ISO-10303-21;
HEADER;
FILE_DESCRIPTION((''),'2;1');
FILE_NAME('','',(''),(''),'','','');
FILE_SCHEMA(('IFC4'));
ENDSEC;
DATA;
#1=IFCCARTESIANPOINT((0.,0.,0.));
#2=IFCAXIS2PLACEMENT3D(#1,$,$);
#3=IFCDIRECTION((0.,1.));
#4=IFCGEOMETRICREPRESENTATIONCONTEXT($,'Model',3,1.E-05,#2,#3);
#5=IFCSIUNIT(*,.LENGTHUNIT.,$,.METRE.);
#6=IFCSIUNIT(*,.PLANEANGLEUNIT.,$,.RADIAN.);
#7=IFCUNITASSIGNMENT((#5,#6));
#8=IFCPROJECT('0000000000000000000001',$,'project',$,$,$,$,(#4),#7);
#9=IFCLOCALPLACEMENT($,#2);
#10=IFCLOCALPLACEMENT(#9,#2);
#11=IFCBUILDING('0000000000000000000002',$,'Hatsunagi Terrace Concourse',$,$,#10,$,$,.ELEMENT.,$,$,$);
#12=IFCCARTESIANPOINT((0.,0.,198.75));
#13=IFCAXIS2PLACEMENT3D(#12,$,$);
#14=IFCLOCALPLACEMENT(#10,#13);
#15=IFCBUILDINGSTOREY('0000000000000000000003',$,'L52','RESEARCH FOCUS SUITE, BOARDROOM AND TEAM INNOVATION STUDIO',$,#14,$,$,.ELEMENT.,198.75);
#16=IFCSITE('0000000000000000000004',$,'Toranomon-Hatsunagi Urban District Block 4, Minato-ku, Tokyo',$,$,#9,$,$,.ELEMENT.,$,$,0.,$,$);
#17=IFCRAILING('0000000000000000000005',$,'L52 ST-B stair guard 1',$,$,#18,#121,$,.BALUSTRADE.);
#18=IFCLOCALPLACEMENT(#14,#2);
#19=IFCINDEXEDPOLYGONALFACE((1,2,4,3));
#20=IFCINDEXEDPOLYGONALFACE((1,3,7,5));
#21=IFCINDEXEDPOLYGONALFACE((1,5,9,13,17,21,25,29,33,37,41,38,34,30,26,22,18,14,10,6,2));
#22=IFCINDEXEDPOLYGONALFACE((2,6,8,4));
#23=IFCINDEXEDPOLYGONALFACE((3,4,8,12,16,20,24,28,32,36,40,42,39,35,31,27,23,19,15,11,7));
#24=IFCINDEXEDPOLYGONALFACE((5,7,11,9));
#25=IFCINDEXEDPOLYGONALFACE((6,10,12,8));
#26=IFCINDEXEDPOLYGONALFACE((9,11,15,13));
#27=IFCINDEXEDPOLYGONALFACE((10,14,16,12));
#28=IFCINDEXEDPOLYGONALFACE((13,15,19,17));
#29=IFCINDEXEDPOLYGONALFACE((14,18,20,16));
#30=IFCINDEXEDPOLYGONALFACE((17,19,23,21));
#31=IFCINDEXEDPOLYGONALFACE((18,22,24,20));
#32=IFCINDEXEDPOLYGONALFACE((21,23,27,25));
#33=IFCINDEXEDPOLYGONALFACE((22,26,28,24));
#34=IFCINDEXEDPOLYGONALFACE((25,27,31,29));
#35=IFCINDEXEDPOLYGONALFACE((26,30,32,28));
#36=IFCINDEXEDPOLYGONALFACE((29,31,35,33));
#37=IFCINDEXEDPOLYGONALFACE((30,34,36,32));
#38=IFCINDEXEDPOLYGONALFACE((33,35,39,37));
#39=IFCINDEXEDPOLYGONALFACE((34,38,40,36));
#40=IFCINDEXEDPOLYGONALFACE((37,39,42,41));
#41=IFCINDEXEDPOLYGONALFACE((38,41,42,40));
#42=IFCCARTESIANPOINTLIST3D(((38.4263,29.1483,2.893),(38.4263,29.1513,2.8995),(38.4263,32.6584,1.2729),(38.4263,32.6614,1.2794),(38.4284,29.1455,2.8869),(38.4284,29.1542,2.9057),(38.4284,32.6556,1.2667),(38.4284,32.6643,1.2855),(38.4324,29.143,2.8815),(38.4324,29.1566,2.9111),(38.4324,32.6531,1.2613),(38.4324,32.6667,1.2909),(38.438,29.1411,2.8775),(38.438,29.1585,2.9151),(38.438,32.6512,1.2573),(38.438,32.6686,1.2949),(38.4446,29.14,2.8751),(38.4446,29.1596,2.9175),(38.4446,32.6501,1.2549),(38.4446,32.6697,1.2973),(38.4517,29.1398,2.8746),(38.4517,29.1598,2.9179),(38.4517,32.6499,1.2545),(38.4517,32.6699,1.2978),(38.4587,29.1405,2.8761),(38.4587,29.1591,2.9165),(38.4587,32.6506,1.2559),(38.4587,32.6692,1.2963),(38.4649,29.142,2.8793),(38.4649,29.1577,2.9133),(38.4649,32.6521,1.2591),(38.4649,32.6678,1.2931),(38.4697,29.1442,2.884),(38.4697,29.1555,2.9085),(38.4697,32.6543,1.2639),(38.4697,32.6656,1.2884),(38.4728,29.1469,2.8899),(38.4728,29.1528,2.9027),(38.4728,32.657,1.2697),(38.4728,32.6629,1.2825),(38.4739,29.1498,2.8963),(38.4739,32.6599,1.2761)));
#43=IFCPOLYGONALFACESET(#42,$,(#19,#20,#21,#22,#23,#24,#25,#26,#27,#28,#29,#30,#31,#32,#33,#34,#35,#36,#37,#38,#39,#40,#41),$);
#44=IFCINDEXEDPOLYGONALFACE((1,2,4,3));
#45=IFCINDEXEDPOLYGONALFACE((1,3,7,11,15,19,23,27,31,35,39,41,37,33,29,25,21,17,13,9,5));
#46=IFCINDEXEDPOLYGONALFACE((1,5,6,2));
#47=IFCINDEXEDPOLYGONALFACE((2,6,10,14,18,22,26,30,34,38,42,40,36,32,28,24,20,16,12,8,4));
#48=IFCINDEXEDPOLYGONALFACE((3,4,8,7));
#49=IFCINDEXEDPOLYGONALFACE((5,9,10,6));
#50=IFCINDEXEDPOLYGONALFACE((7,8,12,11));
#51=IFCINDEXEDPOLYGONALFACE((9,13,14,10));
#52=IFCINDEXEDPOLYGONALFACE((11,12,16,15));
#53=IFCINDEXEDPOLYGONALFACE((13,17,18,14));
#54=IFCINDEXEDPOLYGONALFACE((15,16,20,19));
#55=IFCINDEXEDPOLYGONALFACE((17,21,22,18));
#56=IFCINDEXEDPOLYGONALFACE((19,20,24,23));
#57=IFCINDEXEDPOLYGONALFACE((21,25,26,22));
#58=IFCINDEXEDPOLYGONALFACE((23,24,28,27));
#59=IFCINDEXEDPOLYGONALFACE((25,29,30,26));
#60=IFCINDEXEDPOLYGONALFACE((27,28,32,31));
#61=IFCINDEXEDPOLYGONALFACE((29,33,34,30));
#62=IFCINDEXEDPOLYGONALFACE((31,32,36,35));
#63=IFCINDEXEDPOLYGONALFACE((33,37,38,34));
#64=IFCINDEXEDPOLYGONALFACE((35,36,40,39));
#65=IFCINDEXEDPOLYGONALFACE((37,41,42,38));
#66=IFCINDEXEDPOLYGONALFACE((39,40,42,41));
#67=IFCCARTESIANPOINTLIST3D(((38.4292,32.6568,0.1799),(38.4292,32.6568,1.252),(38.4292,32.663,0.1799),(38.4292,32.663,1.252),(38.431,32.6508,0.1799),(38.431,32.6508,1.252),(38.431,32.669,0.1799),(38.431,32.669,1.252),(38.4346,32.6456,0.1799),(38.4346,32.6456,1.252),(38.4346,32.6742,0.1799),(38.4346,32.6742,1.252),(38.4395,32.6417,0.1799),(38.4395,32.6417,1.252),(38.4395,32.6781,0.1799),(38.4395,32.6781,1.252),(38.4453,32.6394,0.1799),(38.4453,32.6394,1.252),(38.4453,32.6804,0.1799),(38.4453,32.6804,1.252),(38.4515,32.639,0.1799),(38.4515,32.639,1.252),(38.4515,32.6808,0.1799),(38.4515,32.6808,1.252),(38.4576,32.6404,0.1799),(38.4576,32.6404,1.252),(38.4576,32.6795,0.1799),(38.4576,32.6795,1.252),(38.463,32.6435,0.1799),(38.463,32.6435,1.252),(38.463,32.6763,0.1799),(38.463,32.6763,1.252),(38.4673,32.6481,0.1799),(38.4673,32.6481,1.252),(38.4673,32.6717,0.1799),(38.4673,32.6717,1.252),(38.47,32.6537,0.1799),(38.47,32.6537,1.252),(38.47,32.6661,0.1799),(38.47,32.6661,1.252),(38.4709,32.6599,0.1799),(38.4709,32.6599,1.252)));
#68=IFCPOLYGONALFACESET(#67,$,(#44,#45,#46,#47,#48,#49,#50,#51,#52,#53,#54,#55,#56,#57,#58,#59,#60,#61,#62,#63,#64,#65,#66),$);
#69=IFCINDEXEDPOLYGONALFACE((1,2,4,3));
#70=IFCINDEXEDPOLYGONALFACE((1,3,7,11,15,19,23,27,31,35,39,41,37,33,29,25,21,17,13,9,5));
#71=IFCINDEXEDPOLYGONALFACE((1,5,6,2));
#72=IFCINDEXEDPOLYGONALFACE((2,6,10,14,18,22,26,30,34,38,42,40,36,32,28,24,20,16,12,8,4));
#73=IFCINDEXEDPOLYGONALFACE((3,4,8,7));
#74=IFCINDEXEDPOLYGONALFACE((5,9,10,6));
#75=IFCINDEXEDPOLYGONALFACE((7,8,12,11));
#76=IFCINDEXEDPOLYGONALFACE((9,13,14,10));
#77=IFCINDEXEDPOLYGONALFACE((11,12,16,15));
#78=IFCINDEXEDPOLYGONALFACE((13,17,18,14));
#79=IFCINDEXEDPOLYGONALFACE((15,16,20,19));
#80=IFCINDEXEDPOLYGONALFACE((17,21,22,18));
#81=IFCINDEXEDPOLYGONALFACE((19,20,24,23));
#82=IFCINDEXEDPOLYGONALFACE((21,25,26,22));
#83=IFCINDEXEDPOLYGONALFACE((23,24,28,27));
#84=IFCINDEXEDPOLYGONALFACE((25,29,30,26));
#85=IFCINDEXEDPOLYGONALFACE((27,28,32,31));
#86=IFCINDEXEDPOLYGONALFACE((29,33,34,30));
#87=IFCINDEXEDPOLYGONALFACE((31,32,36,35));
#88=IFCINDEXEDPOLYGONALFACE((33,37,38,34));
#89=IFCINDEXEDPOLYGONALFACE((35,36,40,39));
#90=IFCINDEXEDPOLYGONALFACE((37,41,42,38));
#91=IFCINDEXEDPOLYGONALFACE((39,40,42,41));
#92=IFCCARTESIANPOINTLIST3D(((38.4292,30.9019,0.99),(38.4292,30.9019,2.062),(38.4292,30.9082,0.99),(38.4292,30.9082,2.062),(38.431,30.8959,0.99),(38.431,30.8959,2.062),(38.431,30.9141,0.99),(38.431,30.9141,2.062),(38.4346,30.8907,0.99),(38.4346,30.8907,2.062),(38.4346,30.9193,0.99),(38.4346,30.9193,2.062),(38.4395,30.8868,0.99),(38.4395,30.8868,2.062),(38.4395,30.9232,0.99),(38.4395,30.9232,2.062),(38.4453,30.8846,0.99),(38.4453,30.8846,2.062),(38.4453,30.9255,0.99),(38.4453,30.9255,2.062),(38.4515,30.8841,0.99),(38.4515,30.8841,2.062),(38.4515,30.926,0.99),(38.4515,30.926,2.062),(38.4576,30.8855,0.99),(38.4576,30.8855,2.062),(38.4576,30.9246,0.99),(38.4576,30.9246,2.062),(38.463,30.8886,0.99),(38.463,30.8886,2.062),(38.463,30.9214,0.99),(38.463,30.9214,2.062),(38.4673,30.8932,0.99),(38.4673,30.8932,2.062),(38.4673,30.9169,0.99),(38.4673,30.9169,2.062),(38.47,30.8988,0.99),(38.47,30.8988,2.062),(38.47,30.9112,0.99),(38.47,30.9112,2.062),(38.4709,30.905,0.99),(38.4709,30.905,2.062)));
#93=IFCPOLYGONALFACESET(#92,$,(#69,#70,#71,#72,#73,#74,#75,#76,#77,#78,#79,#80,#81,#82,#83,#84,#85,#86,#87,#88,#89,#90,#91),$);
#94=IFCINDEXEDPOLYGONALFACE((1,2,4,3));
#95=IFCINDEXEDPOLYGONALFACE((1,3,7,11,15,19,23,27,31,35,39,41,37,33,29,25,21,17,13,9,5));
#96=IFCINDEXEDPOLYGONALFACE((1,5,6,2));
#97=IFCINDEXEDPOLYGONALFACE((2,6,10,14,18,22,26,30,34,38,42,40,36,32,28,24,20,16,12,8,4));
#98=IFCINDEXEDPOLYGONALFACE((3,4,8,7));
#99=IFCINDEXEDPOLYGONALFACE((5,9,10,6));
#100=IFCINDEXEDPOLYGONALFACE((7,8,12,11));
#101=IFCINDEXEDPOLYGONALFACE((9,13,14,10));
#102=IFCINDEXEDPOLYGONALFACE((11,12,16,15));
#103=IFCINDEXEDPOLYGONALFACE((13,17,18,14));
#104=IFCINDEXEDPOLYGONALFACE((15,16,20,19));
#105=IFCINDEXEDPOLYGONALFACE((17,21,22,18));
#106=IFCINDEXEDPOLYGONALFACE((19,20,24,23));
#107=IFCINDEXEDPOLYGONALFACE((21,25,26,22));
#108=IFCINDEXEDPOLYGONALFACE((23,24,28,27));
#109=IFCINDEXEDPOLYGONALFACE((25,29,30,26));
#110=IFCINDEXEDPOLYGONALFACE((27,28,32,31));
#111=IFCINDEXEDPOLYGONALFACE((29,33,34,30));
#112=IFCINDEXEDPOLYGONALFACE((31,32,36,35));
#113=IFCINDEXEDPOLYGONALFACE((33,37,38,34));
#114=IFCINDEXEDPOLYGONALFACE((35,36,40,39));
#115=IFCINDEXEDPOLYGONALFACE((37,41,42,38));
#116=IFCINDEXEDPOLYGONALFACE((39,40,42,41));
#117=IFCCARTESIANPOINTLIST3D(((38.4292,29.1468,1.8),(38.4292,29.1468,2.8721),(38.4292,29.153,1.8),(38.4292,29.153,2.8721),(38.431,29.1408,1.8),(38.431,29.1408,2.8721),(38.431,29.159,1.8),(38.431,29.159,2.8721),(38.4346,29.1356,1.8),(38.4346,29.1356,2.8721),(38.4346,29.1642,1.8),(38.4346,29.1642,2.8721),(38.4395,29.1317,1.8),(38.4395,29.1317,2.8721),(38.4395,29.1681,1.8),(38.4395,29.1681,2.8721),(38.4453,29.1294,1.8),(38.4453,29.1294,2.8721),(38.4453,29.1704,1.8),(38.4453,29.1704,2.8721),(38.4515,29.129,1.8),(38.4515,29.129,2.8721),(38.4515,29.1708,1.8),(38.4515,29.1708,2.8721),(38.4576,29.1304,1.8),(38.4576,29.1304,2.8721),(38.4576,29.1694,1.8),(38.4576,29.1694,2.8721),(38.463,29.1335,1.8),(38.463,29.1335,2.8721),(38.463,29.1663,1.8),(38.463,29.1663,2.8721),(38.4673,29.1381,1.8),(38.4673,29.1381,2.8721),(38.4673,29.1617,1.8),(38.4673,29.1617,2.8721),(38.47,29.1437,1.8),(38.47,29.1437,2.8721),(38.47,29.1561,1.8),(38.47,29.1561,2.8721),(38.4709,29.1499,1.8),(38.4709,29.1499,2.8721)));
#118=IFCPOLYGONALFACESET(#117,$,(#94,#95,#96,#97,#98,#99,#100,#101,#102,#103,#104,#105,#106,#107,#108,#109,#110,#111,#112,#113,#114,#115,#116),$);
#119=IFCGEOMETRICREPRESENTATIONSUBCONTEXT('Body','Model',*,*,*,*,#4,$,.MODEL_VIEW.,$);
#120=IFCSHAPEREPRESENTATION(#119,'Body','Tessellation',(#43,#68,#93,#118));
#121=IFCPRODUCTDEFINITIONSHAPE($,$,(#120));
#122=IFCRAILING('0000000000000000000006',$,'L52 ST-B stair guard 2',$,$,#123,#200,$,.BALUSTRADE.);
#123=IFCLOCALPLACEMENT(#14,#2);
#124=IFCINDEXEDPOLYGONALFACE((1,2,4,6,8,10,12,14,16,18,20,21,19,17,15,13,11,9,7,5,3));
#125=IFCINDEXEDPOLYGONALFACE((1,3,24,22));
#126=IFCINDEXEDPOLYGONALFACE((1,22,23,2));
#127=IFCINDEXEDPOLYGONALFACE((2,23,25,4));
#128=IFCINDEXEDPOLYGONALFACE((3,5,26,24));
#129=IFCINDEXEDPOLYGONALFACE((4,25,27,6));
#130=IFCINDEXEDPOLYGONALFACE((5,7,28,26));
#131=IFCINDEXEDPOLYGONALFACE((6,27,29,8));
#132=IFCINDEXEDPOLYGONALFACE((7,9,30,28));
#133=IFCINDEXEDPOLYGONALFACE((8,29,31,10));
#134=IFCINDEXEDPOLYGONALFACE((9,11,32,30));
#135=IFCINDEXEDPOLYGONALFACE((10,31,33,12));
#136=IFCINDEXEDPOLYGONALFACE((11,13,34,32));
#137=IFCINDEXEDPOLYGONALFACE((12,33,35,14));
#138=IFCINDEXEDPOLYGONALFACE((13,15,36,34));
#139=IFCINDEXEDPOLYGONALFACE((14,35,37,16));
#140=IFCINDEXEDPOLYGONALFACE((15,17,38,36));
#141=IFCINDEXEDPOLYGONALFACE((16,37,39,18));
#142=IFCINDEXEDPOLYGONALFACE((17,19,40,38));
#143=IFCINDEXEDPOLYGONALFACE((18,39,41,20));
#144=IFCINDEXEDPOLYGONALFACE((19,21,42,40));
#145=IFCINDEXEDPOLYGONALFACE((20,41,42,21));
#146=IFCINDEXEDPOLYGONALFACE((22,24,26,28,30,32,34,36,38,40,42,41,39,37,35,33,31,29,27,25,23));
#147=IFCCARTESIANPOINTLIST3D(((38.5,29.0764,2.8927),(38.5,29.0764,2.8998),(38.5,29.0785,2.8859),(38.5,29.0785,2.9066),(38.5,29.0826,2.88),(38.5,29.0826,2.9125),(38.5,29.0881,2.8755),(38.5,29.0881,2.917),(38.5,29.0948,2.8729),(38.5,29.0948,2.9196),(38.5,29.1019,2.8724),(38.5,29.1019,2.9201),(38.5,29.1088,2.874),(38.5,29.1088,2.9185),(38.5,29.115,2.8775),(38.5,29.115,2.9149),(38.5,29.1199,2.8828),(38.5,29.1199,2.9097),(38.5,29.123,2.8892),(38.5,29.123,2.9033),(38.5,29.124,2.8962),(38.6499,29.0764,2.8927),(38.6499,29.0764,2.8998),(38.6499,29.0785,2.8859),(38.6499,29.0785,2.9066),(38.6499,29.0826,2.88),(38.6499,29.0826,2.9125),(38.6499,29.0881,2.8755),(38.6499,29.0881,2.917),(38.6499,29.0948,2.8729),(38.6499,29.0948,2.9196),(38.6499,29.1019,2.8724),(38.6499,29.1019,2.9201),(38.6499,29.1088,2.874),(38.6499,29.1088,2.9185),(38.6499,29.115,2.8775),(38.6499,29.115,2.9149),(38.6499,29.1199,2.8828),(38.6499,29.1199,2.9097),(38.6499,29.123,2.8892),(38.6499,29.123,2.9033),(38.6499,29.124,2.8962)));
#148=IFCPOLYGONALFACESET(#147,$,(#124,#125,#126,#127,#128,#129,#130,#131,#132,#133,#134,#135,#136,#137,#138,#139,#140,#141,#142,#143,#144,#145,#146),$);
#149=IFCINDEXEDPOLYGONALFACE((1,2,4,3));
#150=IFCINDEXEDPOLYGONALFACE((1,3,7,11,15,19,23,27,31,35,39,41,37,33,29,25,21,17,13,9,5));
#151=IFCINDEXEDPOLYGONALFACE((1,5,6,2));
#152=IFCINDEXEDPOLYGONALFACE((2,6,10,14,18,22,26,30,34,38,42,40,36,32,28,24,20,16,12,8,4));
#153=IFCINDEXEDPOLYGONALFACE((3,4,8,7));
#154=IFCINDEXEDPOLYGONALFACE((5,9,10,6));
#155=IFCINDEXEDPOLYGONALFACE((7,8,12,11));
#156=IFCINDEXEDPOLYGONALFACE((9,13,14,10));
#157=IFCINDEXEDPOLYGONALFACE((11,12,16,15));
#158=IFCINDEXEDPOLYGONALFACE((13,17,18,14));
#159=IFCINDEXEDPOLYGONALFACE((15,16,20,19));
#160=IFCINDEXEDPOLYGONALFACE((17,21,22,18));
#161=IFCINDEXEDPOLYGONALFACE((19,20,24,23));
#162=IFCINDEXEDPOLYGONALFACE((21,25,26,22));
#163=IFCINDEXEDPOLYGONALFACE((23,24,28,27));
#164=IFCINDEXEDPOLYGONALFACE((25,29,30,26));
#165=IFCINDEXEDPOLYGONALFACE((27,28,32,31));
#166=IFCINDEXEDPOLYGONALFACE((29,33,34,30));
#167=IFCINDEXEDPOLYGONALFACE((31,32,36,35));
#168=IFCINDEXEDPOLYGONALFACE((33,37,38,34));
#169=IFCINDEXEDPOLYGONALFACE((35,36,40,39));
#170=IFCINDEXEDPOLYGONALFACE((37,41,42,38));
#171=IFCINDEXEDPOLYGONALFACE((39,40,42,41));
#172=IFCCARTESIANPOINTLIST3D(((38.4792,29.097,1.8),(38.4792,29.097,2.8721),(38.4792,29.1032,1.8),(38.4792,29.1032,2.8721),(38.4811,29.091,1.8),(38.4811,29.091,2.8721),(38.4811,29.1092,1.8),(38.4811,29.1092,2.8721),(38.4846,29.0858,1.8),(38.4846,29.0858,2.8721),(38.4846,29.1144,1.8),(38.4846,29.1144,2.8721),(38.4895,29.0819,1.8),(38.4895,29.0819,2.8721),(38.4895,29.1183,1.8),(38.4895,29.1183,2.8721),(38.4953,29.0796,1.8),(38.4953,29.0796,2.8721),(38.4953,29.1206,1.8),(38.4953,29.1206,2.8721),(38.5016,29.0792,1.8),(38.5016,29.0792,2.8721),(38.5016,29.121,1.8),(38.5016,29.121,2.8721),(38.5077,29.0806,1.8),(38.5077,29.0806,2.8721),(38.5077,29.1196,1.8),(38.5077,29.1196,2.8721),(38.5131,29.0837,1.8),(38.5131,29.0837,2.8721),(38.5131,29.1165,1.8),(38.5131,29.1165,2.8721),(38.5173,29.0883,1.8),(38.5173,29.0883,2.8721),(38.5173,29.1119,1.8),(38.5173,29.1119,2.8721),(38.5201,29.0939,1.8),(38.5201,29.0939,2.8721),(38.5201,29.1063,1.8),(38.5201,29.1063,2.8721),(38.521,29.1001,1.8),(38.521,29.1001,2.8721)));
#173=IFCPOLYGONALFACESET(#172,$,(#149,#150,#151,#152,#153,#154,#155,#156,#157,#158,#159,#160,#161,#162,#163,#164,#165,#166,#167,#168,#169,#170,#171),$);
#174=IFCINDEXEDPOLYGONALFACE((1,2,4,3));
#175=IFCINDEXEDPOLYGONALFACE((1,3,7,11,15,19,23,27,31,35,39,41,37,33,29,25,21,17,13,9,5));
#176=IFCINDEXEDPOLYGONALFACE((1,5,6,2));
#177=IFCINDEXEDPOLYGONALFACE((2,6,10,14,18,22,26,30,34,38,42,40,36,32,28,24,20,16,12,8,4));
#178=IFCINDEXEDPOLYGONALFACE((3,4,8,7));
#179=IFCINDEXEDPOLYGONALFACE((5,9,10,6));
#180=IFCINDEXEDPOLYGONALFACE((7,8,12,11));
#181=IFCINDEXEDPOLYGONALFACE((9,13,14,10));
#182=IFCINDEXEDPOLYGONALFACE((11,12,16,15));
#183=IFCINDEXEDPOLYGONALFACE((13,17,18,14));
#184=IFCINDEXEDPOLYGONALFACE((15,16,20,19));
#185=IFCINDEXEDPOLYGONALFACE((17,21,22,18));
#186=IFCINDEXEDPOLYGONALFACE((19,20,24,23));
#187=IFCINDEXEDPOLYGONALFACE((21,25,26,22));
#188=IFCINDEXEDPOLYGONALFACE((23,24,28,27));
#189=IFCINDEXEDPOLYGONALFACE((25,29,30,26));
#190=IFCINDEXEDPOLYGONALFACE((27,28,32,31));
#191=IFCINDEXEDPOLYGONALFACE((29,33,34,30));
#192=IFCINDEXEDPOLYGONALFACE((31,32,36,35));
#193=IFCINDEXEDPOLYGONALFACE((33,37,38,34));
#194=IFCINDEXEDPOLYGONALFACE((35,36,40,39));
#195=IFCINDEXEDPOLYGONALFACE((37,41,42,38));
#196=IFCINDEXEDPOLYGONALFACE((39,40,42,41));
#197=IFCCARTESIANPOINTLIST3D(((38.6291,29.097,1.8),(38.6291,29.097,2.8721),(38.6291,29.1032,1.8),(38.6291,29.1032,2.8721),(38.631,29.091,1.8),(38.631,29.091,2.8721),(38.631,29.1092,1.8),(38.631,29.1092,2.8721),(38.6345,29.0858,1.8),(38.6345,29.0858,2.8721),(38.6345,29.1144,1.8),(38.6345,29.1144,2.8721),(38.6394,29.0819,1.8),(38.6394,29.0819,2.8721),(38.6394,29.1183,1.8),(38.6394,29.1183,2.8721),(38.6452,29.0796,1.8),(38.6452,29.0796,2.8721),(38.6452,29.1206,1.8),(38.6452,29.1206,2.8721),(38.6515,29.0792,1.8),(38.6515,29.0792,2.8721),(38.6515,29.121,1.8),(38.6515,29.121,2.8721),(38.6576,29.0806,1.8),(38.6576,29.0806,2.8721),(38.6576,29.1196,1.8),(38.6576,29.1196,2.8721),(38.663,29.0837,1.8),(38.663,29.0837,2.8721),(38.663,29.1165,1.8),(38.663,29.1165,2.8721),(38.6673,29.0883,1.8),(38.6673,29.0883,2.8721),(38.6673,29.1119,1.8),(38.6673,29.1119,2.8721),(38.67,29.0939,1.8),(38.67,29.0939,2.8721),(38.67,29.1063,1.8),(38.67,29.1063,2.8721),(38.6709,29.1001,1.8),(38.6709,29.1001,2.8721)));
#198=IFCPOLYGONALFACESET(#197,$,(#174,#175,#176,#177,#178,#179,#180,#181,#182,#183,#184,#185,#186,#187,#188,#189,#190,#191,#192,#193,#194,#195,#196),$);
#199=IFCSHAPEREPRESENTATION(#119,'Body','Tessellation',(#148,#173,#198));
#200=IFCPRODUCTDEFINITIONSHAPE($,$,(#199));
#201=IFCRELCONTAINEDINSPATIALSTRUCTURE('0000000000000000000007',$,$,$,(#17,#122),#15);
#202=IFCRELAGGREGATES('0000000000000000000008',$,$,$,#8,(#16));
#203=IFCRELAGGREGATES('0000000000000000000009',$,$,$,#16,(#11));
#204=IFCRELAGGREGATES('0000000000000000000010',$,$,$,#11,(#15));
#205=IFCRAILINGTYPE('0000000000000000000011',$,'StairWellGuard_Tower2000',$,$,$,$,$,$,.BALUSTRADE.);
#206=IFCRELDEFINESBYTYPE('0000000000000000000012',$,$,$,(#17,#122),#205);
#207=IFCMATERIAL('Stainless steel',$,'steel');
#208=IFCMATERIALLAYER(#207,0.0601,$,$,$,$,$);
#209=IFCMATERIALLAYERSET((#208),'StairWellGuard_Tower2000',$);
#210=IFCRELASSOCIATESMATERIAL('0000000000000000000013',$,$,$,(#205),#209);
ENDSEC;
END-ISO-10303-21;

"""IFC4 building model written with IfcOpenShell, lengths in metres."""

from ifc_helpers import new_model, si_unit, direction, frame, origin, origin_2d, place, context, subcontext, project, spatial, circle, extrude, material, layer, layer_set, type_object, element, save


model = new_model("IFC4")

# Units and contexts
model_context = context("Model", 3, precision=1e-05, world=origin(), true_north=direction((0.0, 1.0)))
body_context = subcontext(model_context, "Body", "Model", "MODEL_VIEW")
ifc_project = project(units=[si_unit("LENGTHUNIT", "METRE"), si_unit("PLANEANGLEUNIT", "RADIAN")], contexts=[model_context])

# Site, building, storey
site_placement = place(None, origin())
site = spatial("IfcSite", under=ifc_project, at=site_placement, Name="Toranomon-Hatsunagi Urban District Block 4, Minato-ku, Tokyo", CompositionType="ELEMENT", RefElevation=0.0)
building_placement = place(site_placement, origin())
building = spatial("IfcBuilding", under=site, at=building_placement, Name="Hatsunagi Terrace Concourse", CompositionType="ELEMENT")
storey_placement = place(building_placement, frame((0.0, 0.0, 198.75)))
storey = spatial("IfcBuildingStorey", under=building, at=storey_placement, Name="L52", Description="RESEARCH FOCUS SUITE, BOARDROOM AND TEAM INNOVATION STUDIO", CompositionType="ELEMENT", Elevation=198.75)

# Railings
ifc_material_1 = material(Name="Stainless steel", Category="steel")
ifc_layer_1 = layer(ifc_material_1, 0.0601)
ifc_layer_set_1 = layer_set([ifc_layer_1], Name="StairWellGuard_Tower2000")
railing_type_1 = type_object("IfcRailingType", Name="StairWellGuard_Tower2000", PredefinedType="BALUSTRADE", material=ifc_layer_set_1)
railing_1_placement = place(storey_placement, frame((38.45, 32.6599, 0.1799)))
element("IfcRailing", 1, at=railing_1_placement, inside=storey, type_object=railing_type_1, Name="L52 ST-B stair guard 1", PredefinedType="BALUSTRADE", context=body_context, shape_type="SweptSolid", body=[
    extrude(circle(Radius=0.0239, at=origin_2d()), frame((0.0, 0.0, 1.0962), z_axis=(0.0, -0.907948, 0.419082), x_axis=(1.0, 0.0, 0.0)), (0.0, 0.0, 1.0), 3.866),
    extrude(circle(Radius=0.021, at=origin_2d()), origin(), (0.0, 0.0, 1.0), 1.072),
    extrude(circle(Radius=0.021, at=origin_2d()), frame((0.0, -1.7549, 0.8101)), (0.0, 0.0, 1.0), 1.072),
    extrude(circle(Radius=0.021, at=origin_2d()), frame((0.0, -3.51, 1.6201)), (0.0, 0.0, 1.0), 1.072),
])
railing_2_placement = place(storey_placement, frame((38.5, 29.1001, 1.8)))
element("IfcRailing", 2, at=railing_2_placement, inside=storey, type_object=railing_type_1, Name="L52 ST-B stair guard 2", PredefinedType="BALUSTRADE", context=body_context, shape_type="SweptSolid", body=[
    extrude(circle(Radius=0.0239, at=origin_2d()), frame((0.0, 0.0, 1.0962), z_axis=(1.0, 0.0, 0.0), x_axis=(0.0, 1.0, 0.0)), (0.0, 0.0, 1.0), 0.1499),
    extrude(circle(Radius=0.021, at=origin_2d()), origin(), (0.0, 0.0, 1.0), 1.072),
    extrude(circle(Radius=0.021, at=origin_2d()), frame((0.1499, 0.0, 0.0)), (0.0, 0.0, 1.0), 1.072),
])

save(model, "model.ifc")
